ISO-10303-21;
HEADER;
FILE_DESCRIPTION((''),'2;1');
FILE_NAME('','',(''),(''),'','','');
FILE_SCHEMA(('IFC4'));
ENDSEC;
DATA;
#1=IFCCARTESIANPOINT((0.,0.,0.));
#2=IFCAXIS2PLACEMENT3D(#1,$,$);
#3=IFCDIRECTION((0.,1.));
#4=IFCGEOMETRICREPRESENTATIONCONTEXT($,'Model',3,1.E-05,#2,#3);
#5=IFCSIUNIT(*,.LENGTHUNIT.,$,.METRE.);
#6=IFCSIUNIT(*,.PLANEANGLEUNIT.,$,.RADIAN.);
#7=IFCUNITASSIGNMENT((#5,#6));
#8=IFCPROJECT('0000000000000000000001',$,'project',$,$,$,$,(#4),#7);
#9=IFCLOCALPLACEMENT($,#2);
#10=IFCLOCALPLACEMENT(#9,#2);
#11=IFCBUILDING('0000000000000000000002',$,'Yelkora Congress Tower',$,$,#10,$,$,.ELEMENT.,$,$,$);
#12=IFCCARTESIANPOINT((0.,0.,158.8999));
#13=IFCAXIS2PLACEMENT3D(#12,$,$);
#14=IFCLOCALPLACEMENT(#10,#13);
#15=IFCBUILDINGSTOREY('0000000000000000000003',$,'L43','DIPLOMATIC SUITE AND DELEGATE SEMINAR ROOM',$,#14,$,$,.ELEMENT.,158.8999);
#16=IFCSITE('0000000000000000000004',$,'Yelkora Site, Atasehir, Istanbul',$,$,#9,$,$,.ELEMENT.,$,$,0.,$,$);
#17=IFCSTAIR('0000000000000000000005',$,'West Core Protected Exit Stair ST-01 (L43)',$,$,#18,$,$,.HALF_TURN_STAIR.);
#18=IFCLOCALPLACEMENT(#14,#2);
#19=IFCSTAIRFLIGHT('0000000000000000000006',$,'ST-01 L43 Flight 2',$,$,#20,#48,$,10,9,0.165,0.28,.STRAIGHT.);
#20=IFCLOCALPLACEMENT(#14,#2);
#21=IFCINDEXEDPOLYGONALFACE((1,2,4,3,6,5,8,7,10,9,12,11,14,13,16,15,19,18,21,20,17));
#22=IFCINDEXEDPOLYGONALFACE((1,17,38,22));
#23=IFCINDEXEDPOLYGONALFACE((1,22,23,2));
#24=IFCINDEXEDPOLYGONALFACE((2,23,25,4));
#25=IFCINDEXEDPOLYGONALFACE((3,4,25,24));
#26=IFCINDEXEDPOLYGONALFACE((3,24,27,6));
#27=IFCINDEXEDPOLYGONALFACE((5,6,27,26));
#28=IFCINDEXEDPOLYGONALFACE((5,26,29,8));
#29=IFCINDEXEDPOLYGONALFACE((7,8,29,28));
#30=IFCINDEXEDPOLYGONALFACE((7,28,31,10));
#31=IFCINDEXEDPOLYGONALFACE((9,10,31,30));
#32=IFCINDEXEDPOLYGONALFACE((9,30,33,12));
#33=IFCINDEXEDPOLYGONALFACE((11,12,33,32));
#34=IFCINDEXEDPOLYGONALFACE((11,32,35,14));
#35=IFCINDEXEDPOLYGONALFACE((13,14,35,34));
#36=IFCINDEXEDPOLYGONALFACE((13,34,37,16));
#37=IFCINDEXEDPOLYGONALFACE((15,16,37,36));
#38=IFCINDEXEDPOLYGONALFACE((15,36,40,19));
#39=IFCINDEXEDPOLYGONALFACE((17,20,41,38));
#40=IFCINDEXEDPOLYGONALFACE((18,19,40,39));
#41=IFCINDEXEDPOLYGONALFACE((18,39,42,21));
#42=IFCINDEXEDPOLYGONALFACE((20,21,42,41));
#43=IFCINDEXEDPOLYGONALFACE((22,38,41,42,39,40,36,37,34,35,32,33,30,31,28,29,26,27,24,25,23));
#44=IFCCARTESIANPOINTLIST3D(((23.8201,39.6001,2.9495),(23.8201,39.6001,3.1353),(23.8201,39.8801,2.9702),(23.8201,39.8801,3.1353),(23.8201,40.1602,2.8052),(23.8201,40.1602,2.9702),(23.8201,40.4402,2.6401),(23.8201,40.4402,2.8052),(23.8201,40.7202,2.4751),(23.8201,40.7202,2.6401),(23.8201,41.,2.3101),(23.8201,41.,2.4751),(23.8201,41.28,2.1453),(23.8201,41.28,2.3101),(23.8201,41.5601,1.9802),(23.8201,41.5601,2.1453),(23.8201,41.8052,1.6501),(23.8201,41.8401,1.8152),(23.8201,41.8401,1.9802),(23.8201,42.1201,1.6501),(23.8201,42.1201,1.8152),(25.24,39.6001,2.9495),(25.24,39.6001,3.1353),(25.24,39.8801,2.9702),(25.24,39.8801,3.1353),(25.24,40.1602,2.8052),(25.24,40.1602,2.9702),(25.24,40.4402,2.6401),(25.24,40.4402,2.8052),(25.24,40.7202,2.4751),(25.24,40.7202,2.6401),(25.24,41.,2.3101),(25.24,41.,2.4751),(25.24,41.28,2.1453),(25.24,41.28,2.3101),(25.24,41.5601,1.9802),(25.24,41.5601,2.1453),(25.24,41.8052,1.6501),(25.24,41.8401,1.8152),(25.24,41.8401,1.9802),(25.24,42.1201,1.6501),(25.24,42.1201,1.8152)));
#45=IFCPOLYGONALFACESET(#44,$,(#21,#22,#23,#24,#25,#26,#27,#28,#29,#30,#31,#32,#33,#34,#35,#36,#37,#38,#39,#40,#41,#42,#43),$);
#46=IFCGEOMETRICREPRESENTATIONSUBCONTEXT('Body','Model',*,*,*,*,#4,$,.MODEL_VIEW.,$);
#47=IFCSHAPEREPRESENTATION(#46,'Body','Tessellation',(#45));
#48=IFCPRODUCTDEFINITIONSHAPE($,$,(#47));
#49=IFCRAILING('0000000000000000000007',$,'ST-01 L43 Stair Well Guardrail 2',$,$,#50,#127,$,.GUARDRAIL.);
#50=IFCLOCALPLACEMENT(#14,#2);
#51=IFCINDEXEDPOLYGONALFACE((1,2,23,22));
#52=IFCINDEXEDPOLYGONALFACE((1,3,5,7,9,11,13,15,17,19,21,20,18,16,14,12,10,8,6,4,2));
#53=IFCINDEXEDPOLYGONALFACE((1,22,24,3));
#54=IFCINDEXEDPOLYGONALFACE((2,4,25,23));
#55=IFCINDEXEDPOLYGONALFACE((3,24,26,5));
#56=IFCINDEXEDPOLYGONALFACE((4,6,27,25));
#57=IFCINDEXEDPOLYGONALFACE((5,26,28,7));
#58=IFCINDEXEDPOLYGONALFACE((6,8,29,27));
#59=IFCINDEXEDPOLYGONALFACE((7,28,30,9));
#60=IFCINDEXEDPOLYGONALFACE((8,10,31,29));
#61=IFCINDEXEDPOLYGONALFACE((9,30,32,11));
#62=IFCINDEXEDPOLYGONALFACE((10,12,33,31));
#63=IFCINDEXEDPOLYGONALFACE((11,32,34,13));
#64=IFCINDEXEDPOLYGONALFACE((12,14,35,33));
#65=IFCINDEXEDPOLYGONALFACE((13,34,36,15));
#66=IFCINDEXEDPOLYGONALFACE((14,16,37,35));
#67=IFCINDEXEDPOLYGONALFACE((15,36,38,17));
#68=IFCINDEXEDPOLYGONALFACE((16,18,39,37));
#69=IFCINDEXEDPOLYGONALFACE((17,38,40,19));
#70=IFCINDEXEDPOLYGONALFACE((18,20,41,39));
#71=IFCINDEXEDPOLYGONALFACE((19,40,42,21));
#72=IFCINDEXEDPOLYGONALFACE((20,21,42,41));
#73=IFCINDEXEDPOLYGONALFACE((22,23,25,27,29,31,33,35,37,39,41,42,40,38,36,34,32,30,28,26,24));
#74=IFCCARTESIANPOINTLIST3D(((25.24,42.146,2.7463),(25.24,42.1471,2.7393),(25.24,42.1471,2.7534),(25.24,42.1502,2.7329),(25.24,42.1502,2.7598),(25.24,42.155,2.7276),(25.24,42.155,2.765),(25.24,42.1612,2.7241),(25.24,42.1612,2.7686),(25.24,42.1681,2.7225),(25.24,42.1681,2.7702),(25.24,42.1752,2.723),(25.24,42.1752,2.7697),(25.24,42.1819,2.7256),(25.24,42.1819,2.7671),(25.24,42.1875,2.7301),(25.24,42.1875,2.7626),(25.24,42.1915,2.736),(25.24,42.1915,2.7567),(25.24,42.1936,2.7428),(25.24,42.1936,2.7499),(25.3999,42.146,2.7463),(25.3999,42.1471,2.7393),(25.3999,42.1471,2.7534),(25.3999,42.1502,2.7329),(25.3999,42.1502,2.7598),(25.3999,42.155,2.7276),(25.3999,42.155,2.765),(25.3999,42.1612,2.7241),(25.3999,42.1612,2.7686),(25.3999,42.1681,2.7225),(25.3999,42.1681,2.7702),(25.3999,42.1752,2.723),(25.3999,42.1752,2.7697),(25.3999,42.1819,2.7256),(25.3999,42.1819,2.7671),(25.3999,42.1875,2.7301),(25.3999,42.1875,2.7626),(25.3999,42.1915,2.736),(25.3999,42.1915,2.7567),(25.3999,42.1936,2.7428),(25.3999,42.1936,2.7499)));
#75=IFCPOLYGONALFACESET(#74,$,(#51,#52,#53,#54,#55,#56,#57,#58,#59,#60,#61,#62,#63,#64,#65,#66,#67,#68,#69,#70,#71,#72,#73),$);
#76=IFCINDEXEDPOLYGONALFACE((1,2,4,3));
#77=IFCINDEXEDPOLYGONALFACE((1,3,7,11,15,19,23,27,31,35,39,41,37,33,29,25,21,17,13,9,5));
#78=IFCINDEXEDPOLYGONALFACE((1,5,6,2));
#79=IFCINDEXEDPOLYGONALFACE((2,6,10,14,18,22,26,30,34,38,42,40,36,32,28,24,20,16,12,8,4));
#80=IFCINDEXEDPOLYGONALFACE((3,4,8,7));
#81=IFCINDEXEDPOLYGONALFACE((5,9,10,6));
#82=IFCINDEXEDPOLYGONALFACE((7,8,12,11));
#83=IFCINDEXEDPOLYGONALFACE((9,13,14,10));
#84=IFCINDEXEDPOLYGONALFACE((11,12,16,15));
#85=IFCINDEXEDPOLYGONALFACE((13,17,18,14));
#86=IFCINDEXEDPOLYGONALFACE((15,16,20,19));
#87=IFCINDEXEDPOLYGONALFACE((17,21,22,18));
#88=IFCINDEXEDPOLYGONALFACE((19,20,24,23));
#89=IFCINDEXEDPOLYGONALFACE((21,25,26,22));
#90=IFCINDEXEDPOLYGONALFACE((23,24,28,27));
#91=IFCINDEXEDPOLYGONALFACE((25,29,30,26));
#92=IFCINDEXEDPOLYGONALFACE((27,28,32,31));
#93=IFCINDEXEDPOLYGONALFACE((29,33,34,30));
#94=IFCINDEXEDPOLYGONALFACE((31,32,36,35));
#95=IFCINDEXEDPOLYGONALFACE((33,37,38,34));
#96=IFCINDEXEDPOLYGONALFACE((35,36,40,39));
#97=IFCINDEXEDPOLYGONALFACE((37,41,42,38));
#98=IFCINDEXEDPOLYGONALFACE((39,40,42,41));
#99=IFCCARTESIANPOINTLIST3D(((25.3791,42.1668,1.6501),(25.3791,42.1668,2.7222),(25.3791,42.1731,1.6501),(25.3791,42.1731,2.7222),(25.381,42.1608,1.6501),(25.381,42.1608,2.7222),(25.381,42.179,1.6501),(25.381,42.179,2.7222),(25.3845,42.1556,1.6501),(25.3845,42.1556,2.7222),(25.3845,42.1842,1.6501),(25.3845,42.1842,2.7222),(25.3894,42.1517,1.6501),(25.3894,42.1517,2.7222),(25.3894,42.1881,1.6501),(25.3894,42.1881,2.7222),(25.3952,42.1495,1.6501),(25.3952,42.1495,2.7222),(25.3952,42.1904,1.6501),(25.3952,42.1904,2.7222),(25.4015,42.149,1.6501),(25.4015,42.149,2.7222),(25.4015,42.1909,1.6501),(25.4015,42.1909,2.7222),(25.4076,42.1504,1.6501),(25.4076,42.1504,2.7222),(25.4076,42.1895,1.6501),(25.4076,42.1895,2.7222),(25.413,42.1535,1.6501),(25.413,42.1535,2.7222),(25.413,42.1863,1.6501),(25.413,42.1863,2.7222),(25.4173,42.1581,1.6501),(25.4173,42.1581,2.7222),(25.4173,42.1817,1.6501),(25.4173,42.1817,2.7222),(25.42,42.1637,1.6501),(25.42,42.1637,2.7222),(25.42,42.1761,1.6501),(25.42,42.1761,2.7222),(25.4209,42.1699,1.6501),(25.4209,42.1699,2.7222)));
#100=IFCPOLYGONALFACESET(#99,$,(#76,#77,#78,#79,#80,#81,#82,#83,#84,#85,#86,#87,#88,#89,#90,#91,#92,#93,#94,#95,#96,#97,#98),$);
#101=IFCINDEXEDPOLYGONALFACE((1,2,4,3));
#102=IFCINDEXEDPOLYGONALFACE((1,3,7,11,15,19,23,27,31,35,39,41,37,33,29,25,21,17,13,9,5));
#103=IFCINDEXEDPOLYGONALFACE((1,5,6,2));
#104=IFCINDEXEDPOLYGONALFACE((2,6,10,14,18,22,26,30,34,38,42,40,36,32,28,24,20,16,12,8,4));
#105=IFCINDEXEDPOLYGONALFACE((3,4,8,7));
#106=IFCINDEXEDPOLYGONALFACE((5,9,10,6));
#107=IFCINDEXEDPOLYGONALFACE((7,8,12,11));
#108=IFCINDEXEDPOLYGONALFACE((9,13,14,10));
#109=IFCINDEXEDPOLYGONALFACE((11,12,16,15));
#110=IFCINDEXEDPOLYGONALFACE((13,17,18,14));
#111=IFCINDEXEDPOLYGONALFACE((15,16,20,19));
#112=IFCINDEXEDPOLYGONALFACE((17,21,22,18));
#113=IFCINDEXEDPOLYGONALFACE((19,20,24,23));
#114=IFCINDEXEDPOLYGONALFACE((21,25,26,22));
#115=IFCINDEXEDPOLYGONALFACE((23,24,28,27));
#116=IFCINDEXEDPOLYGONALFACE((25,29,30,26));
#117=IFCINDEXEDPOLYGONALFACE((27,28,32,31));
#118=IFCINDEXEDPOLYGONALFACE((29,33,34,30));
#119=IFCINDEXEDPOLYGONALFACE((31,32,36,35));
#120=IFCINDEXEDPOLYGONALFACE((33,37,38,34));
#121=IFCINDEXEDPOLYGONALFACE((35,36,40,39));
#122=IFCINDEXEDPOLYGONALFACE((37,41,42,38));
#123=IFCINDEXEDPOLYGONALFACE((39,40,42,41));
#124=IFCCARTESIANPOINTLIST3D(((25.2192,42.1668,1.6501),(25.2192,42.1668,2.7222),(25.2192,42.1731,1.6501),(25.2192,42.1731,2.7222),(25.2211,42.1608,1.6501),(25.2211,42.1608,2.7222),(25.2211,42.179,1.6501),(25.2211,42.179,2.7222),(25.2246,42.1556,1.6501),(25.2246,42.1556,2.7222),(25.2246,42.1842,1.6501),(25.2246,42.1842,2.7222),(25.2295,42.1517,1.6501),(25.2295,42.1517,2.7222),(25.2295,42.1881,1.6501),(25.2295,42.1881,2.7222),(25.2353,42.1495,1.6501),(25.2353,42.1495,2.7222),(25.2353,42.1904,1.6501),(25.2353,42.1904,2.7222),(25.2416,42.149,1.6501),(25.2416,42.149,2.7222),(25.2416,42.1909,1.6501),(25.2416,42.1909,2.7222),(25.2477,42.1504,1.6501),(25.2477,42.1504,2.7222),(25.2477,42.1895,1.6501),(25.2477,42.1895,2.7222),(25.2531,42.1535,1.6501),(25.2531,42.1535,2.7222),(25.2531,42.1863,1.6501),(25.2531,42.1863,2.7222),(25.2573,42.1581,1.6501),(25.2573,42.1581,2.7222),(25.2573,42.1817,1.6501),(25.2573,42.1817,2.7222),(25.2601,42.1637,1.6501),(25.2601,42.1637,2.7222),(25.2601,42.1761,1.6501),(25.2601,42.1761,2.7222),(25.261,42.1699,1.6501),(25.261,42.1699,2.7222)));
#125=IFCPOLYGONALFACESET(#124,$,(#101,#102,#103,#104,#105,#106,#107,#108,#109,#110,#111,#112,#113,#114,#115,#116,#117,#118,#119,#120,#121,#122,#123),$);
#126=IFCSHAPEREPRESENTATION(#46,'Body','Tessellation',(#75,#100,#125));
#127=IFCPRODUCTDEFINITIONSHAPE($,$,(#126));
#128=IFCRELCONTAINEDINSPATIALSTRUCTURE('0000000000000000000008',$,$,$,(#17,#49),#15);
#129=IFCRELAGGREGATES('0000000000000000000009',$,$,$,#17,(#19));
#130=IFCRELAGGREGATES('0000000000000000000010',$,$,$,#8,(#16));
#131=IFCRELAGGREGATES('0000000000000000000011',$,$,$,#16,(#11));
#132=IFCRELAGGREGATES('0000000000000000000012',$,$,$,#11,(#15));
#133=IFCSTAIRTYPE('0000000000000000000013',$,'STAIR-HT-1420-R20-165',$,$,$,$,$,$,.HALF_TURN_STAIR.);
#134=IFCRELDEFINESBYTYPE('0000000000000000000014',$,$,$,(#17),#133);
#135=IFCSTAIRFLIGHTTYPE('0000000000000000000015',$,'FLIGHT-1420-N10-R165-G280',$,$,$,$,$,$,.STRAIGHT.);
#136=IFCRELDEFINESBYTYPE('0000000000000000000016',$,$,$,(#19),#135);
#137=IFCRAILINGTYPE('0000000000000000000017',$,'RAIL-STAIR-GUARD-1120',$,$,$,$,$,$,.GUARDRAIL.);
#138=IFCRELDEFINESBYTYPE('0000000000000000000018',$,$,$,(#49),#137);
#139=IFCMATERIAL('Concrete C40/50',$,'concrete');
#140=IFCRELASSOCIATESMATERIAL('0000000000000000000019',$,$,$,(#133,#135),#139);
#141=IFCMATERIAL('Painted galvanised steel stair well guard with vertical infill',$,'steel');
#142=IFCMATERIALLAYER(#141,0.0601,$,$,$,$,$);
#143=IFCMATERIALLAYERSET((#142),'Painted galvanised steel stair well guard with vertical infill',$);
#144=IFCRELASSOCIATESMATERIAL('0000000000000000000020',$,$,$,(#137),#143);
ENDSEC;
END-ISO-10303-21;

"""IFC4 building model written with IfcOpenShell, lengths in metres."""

from ifc_helpers import new_model, si_unit, direction, frame, origin, origin_2d, place, context, subcontext, project, spatial, polyline, circle, outline, extrude, material, layer, layer_set, type_object, element, aggregate, save


model = new_model("IFC4")

# Units and contexts
model_context = context("Model", 3, precision=1e-05, world=origin(), true_north=direction((0.0, 1.0)))
body_context = subcontext(model_context, "Body", "Model", "MODEL_VIEW")
ifc_project = project(units=[si_unit("LENGTHUNIT", "METRE"), si_unit("PLANEANGLEUNIT", "RADIAN")], contexts=[model_context])

# Site, building, storey
site_placement = place(None, origin())
site = spatial("IfcSite", under=ifc_project, at=site_placement, Name="Yelkora Site, Atasehir, Istanbul", CompositionType="ELEMENT", RefElevation=0.0)
building_placement = place(site_placement, origin())
building = spatial("IfcBuilding", under=site, at=building_placement, Name="Yelkora Congress Tower", CompositionType="ELEMENT")
storey_placement = place(building_placement, frame((0.0, 0.0, 158.8999)))
storey = spatial("IfcBuildingStorey", under=building, at=storey_placement, Name="L43", Description="DIPLOMATIC SUITE AND DELEGATE SEMINAR ROOM", CompositionType="ELEMENT", Elevation=158.8999)

# Stair, stair flight
ifc_material_1 = material(Name="Concrete C40/50", Category="concrete")
stair_type = type_object("IfcStairType", Name="STAIR-HT-1420-R20-165", PredefinedType="HALF_TURN_STAIR", material=ifc_material_1)
stair_placement = place(storey_placement, origin())
stair = element("IfcStair", 1, at=stair_placement, inside=storey, type_object=stair_type, Name="West Core Protected Exit Stair ST-01 (L43)", PredefinedType="HALF_TURN_STAIR")
stair_flight_type = type_object("IfcStairFlightType", Name="FLIGHT-1420-N10-R165-G280", PredefinedType="STRAIGHT", material=ifc_material_1)
stair_flight_placement = place(storey_placement, frame((24.53, 42.1201, 1.6501), z_axis=(0.0, 0.0, 1.0), x_axis=(0.0, -1.0, 0.0)))
stair_flight = element("IfcStairFlight", 2, at=stair_flight_placement, type_object=stair_flight_type, Name="ST-01 L43 Flight 2", NumberOfRisers=10, NumberOfTreads=9, PredefinedType="STRAIGHT", RiserHeight=0.165, TreadLength=0.28, context=body_context, shape_type="SweptSolid", body=[
    extrude(outline(polyline([(0.0, 0.0), (0.0, 0.165), (0.28, 0.165), (0.28, 0.3301), (0.5601, 0.3301), (0.5601, 0.4951), (0.8401, 0.4951), (0.8401, 0.6599), (1.1201, 0.6599), (1.1201, 0.825), (1.3999, 0.825), (1.3999, 0.99), (1.6799, 0.99), (1.6799, 1.155), (1.96, 1.155), (1.96, 1.3201), (2.24, 1.3201), (2.24, 1.4851), (2.52, 1.4851), (2.52, 1.6499), (2.52, 1.2993), (0.3149, 0.0), (0.0, 0.0)])), frame((0.0, 0.71, 0.0), z_axis=(0.0, -1.0, 0.0), x_axis=(1.0, 0.0, 0.0)), (0.0, 0.0, 1.0), 1.4199),
])
aggregate(stair, [stair_flight])

# Railing
ifc_material_2 = material(Name="Painted galvanised steel stair well guard with vertical infill", Category="steel")
ifc_layer_1 = layer(ifc_material_2, 0.0601)
ifc_layer_set_1 = layer_set([ifc_layer_1], Name="Painted galvanised steel stair well guard with vertical infill")
railing_type = type_object("IfcRailingType", Name="RAIL-STAIR-GUARD-1120", PredefinedType="GUARDRAIL", material=ifc_layer_set_1)
railing_1_placement = place(storey_placement, frame((25.3999, 42.1699, 1.6501)))
element("IfcRailing", 3, at=railing_1_placement, inside=storey, type_object=railing_type, Name="ST-01 L43 Stair Well Guardrail 2", PredefinedType="GUARDRAIL", context=body_context, shape_type="SweptSolid", body=[
    extrude(circle(Radius=0.0239, at=origin_2d()), frame((0.0, 0.0, 1.0962), z_axis=(-1.0, 0.0, 0.0), x_axis=(0.0, -1.0, 0.0)), (0.0, 0.0, 1.0), 0.1599),
    extrude(circle(Radius=0.021, at=origin_2d()), origin(), (0.0, 0.0, 1.0), 1.072),
    extrude(circle(Radius=0.021, at=origin_2d()), frame((-0.1599, 0.0, 0.0)), (0.0, 0.0, 1.0), 1.072),
])

save(model, "model.ifc")
